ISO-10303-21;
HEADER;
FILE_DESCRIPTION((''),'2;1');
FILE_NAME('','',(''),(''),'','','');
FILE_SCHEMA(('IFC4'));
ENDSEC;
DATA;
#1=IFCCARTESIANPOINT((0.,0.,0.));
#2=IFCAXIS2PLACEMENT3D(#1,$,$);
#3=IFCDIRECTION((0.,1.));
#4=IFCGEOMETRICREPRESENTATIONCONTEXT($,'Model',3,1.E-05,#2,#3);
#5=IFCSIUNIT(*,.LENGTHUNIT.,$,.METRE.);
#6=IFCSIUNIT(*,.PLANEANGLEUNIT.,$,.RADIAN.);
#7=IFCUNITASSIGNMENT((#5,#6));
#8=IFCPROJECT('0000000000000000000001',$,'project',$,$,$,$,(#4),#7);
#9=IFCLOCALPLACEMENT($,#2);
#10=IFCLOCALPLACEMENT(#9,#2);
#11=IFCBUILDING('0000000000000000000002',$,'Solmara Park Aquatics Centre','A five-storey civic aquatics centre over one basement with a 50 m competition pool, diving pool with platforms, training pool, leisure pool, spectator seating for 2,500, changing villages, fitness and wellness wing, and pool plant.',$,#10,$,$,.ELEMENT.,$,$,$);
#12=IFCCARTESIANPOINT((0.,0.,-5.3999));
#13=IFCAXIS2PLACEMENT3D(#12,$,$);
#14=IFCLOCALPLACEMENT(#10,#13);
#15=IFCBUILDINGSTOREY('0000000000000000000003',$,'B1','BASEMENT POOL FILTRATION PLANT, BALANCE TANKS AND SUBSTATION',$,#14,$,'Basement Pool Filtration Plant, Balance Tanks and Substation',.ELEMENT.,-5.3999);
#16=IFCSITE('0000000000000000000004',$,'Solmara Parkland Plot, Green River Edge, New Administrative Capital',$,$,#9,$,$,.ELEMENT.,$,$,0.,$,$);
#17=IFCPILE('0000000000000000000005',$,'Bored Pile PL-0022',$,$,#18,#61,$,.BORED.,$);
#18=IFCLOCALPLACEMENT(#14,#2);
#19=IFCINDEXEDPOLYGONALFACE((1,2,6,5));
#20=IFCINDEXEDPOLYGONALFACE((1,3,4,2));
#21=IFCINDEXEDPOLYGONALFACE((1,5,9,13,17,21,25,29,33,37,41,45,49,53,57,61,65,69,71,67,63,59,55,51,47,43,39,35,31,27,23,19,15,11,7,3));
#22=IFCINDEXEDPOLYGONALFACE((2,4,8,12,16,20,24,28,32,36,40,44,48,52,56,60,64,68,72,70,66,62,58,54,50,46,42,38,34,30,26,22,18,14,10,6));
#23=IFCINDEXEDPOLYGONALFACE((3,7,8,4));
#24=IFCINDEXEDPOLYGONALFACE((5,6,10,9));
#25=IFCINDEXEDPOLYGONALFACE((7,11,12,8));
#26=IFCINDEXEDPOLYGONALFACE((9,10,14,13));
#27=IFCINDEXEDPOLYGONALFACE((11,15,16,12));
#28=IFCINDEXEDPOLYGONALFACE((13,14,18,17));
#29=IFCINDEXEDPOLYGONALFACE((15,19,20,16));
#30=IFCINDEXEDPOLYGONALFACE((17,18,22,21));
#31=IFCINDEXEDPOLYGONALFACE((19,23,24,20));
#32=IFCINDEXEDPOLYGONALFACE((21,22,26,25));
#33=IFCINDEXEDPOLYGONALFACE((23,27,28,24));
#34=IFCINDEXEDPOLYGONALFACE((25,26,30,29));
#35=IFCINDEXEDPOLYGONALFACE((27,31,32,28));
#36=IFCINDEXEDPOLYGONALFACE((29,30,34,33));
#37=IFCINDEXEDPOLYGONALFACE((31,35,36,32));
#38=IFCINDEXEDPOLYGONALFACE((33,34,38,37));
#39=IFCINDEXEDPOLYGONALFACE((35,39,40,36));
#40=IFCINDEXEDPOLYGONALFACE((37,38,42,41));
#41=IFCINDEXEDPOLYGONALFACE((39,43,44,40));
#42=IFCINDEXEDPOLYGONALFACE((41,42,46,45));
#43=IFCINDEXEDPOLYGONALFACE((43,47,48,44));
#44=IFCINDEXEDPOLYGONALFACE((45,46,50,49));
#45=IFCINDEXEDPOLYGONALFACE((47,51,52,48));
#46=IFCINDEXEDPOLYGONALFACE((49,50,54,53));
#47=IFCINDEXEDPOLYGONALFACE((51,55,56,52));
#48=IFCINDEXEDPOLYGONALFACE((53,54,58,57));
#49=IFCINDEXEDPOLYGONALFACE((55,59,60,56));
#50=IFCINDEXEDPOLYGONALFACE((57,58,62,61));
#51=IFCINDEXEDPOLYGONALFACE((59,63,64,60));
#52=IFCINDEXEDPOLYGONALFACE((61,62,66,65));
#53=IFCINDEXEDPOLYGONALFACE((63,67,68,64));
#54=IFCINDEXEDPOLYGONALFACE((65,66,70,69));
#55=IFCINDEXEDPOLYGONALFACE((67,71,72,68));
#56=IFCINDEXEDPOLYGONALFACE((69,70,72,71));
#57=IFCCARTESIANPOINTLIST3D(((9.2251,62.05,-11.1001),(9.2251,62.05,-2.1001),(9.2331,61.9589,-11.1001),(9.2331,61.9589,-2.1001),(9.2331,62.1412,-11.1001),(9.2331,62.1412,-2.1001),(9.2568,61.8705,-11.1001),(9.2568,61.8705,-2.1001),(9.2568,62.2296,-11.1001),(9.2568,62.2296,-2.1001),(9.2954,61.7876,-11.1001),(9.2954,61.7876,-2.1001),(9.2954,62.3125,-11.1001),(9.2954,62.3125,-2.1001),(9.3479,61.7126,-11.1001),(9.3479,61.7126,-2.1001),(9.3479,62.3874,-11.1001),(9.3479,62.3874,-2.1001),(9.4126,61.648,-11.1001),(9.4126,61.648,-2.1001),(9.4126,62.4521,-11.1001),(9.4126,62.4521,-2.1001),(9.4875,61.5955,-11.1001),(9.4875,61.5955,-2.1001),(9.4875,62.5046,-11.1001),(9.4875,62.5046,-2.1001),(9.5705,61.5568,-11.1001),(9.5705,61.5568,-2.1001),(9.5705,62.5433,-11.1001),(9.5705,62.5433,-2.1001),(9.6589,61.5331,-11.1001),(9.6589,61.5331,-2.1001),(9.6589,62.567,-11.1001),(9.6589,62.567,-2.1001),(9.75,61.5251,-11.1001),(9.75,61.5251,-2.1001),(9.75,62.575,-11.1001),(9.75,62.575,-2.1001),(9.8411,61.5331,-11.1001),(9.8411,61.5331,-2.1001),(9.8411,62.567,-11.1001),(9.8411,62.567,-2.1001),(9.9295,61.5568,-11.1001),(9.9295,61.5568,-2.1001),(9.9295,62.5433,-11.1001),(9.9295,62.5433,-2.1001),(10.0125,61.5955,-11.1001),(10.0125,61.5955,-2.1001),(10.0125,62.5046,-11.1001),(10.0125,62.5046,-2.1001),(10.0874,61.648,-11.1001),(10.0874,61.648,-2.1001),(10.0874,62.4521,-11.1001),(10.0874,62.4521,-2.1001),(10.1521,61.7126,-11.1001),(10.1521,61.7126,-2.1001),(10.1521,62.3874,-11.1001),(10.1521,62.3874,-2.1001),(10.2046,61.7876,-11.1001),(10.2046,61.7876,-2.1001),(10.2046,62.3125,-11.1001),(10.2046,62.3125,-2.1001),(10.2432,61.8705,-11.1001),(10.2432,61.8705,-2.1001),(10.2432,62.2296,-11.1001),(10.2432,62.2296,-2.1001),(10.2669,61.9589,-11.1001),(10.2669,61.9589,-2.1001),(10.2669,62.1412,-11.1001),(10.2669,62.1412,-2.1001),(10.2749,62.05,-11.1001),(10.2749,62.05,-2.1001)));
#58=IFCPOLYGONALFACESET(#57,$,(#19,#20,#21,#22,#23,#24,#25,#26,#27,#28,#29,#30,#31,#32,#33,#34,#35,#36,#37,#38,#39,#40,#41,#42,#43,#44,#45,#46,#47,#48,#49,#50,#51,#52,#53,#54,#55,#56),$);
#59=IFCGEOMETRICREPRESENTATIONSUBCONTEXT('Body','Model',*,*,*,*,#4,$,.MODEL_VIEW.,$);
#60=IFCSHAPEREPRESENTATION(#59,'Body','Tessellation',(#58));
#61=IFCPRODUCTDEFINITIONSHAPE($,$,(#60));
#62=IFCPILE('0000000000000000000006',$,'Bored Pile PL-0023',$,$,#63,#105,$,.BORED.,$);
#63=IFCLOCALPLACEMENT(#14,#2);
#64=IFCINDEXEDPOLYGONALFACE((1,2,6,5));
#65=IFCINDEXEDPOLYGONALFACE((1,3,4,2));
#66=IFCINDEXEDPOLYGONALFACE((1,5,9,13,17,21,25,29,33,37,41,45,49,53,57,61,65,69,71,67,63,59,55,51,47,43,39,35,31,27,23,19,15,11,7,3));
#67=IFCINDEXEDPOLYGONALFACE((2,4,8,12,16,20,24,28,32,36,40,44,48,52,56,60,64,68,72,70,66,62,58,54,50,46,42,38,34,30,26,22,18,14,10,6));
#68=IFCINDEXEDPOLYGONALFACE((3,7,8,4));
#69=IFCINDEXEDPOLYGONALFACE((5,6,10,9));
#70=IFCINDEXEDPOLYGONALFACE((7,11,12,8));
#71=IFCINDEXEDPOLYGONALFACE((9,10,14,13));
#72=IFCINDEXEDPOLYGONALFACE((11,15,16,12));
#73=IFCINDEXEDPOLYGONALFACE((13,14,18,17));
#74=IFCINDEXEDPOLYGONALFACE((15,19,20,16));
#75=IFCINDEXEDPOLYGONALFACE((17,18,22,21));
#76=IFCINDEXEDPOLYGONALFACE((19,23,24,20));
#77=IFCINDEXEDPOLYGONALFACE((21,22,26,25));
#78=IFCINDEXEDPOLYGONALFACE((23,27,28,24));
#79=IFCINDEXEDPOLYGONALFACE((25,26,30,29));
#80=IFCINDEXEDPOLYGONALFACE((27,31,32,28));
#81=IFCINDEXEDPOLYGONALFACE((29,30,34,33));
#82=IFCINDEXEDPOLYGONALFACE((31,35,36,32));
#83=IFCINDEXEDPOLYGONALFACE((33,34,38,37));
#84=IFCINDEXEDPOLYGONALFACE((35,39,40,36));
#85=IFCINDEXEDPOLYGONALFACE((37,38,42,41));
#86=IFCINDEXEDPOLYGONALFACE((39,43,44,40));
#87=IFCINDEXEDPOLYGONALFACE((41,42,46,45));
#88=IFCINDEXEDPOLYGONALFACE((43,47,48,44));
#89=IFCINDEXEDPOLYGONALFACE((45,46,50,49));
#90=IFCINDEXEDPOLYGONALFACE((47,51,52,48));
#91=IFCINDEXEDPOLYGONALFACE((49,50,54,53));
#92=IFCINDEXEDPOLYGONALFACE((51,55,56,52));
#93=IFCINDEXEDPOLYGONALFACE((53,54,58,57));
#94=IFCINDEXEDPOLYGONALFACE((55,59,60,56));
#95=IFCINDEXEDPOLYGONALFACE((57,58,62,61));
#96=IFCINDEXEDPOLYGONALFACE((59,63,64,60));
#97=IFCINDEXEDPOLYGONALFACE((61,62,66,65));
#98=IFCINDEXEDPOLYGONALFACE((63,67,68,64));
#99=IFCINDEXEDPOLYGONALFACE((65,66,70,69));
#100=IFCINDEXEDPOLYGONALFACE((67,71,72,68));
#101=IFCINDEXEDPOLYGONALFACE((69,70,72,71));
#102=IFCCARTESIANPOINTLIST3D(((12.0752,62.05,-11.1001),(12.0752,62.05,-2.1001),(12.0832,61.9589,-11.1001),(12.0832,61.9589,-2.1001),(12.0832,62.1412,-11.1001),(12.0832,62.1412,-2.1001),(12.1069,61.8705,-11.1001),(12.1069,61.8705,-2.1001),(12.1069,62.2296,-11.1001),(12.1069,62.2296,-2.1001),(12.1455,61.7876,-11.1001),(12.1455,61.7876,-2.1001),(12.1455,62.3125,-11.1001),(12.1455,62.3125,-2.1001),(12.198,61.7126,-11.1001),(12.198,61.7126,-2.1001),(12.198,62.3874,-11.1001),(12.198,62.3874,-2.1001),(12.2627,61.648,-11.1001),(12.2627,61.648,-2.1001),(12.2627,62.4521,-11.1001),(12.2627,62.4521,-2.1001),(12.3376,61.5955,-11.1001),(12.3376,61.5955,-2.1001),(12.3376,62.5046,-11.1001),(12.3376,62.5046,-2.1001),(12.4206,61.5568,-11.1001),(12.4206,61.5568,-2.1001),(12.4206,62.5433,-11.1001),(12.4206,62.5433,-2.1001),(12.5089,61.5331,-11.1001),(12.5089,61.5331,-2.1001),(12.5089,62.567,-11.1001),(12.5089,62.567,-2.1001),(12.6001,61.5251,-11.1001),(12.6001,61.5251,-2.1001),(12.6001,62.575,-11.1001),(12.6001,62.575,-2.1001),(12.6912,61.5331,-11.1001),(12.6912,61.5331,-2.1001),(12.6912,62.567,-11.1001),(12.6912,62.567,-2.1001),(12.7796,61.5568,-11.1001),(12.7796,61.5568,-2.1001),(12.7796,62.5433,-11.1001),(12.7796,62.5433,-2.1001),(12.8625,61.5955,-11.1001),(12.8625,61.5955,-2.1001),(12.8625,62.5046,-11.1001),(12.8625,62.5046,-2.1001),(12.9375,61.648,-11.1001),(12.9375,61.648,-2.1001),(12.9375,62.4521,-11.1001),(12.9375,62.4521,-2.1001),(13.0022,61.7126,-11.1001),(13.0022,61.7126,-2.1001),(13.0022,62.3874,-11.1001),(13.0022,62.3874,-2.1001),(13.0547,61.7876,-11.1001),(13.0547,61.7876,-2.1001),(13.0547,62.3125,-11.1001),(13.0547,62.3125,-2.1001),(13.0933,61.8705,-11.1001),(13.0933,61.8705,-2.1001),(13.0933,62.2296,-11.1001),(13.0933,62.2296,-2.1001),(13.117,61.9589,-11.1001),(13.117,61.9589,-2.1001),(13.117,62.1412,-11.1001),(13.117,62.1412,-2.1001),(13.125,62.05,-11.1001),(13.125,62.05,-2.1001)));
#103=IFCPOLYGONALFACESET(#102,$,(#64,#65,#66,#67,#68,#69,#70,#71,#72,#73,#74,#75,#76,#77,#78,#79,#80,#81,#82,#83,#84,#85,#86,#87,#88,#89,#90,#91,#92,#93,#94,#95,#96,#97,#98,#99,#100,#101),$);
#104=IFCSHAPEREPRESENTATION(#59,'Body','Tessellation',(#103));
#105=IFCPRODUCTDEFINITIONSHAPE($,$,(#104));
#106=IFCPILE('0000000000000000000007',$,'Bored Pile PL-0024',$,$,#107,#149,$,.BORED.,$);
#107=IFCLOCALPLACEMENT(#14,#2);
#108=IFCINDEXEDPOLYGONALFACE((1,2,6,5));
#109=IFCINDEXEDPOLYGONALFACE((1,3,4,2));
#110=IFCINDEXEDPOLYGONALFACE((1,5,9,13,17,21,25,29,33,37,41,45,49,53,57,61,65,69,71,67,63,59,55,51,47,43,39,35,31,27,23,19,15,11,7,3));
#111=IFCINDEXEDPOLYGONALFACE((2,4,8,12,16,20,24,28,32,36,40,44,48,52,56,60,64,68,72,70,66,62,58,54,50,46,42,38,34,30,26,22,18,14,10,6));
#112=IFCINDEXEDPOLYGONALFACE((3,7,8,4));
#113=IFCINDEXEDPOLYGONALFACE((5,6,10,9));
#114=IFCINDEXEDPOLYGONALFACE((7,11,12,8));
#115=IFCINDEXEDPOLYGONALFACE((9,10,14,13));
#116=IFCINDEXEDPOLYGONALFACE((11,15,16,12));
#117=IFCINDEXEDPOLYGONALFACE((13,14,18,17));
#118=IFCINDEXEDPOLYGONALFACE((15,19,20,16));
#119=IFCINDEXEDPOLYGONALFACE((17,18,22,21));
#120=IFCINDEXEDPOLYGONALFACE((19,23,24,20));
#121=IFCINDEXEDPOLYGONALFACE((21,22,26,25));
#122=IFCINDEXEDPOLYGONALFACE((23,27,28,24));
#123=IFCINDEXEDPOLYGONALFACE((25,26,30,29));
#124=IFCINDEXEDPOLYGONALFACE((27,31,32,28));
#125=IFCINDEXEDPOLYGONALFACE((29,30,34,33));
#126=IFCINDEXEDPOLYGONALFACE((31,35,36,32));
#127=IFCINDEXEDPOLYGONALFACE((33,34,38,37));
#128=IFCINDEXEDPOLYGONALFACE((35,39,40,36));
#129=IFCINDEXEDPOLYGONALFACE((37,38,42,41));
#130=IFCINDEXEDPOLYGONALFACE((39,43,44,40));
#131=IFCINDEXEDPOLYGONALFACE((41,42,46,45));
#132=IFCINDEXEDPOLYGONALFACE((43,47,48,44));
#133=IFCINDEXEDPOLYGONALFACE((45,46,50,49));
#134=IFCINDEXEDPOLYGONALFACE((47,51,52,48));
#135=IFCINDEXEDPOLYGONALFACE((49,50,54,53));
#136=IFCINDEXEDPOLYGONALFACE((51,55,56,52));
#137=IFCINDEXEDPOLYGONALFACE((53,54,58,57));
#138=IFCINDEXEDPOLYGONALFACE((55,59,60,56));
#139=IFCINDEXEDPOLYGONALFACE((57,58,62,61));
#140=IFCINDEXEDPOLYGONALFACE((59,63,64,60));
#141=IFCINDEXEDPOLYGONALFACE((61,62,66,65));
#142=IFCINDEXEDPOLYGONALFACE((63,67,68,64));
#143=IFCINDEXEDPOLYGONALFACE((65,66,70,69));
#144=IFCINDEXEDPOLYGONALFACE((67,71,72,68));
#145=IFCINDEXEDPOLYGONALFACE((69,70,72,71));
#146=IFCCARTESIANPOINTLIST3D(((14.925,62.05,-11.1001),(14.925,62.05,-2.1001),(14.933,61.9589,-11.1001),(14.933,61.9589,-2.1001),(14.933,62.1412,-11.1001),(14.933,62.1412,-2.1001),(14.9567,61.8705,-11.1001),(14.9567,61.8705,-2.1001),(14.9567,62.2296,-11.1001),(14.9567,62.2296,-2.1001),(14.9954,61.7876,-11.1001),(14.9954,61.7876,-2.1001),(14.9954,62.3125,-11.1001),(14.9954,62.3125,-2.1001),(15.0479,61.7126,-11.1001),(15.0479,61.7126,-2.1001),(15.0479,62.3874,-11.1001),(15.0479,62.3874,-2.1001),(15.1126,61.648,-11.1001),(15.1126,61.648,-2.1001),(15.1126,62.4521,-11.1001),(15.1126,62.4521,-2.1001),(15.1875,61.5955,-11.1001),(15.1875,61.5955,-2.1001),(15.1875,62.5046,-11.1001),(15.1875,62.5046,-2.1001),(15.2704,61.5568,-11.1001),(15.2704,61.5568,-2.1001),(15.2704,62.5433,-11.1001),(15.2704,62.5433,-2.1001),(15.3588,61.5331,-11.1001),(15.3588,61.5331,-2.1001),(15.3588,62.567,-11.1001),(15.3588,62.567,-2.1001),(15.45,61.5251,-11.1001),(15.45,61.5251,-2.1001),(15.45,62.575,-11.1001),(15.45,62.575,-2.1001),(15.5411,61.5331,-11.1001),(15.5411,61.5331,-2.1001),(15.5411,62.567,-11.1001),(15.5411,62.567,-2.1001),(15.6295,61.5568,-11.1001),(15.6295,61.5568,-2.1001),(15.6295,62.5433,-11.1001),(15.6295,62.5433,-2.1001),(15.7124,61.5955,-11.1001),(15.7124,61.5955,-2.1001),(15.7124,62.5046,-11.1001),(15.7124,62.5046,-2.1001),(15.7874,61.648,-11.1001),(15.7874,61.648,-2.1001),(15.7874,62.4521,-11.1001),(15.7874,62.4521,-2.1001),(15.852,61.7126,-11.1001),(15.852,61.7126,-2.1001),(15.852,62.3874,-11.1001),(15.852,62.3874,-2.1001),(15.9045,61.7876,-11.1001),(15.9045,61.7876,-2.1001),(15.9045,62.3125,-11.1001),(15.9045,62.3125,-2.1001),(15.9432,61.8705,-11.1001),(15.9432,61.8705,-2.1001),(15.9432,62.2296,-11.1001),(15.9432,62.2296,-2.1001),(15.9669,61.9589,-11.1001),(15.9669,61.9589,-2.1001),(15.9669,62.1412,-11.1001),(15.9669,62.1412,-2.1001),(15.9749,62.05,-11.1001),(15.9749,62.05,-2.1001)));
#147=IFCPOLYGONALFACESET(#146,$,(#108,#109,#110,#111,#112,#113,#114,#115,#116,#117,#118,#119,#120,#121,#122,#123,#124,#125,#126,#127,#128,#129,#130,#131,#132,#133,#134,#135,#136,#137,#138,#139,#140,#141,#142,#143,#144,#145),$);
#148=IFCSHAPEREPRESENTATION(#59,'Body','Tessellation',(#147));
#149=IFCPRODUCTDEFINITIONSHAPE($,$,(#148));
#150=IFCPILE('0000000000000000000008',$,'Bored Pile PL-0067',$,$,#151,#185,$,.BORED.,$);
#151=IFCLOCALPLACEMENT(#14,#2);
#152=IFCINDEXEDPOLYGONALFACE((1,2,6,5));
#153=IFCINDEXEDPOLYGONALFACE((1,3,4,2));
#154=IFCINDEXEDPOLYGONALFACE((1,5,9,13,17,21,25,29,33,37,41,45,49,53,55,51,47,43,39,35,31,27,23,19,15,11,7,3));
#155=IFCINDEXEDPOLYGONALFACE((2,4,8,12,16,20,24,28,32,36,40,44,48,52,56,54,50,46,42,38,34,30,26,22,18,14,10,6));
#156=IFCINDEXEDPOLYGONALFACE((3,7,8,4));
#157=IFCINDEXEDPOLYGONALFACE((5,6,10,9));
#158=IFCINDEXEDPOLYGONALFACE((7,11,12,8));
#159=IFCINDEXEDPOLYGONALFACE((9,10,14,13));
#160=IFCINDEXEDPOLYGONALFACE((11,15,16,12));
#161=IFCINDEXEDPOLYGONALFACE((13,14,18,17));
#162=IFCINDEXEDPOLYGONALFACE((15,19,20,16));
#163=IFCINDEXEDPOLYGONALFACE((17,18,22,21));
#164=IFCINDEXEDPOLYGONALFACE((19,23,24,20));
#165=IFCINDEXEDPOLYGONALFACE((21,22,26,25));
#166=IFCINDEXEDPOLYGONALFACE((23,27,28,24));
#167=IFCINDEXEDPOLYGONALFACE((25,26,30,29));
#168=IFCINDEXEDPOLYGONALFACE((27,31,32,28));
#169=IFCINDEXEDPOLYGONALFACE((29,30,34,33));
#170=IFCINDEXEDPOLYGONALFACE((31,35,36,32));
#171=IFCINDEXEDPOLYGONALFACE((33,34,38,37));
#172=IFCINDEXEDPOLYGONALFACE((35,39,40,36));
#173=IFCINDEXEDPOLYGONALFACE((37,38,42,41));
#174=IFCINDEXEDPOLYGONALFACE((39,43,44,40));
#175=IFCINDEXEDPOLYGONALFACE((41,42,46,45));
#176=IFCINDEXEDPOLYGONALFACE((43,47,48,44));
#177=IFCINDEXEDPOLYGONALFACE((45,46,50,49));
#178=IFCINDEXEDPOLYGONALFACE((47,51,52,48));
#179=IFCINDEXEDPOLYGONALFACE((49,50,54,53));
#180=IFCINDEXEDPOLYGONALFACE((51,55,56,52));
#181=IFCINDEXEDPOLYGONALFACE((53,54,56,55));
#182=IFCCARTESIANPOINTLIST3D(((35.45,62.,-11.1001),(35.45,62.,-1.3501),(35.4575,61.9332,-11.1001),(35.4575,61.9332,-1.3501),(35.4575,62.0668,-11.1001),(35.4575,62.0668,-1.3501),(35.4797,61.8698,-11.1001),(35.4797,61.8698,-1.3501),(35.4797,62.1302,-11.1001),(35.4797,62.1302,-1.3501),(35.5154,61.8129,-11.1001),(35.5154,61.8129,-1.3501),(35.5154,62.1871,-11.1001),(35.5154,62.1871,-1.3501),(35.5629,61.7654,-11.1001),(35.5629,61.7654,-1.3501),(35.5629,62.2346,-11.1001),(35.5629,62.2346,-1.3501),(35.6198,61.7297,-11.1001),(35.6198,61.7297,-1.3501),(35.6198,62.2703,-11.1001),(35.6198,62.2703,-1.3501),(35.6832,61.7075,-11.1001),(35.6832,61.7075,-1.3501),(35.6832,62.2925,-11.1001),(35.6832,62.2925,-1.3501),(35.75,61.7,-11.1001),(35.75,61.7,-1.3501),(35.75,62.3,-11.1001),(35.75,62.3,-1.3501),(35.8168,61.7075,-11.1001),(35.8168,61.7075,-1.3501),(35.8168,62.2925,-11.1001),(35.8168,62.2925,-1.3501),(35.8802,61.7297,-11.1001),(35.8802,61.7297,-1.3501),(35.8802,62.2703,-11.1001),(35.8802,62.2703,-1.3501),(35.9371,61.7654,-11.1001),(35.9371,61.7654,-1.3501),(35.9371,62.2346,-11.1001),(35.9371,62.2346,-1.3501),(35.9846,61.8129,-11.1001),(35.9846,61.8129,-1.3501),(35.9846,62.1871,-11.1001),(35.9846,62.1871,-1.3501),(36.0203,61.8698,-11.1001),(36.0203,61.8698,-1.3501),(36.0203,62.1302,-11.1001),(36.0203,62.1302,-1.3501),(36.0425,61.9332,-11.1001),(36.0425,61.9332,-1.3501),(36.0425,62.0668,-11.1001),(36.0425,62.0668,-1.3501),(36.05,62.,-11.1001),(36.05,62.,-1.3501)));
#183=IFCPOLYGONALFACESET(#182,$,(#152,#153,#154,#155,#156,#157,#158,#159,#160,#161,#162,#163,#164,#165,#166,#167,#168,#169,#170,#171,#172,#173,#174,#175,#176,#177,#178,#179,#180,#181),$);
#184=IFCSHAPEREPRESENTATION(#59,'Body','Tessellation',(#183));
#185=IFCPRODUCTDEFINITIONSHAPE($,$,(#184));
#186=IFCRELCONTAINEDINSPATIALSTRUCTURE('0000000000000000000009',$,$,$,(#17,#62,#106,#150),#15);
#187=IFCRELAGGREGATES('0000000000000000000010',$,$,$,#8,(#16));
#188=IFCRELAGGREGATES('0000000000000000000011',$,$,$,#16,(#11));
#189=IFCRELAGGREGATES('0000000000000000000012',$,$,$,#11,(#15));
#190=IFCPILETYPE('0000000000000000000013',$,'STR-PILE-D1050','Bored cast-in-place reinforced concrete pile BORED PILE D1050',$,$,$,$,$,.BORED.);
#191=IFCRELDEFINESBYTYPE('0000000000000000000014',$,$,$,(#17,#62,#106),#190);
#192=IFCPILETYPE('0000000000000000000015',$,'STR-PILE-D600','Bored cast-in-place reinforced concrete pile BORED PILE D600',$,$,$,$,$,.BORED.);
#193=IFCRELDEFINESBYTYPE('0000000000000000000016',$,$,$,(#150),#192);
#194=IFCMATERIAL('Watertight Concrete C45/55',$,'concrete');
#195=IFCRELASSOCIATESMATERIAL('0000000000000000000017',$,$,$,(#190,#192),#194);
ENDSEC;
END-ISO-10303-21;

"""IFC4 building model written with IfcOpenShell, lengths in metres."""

from ifc_helpers import new_model, si_unit, direction, frame, origin, origin_2d, place, context, subcontext, project, spatial, circle, extrude, material, material_profile, profile_set, type_object, element, save


model = new_model("IFC4")

# Units and contexts
model_context = context("Model", 3, precision=1e-05, world=origin(), true_north=direction((0.0, 1.0)))
body_context = subcontext(model_context, "Body", "Model", "MODEL_VIEW")
ifc_project = project(units=[si_unit("LENGTHUNIT", "METRE"), si_unit("PLANEANGLEUNIT", "RADIAN")], contexts=[model_context])

# Site, building, storey
site_placement = place(None, origin())
site = spatial("IfcSite", under=ifc_project, at=site_placement, Name="Solmara Parkland Plot, Green River Edge, New Administrative Capital", CompositionType="ELEMENT", RefElevation=0.0)
building_placement = place(site_placement, origin())
building = spatial("IfcBuilding", under=site, at=building_placement, Name="Solmara Park Aquatics Centre", Description="A five-storey civic aquatics centre over one basement with a 50 m competition pool, diving pool with platforms, training pool, leisure pool, spectator seating for 2,500, changing villages, fitness and wellness wing, and pool plant.", CompositionType="ELEMENT")
storey_placement = place(building_placement, frame((0.0, 0.0, -5.3999)))
storey = spatial("IfcBuildingStorey", under=building, at=storey_placement, Name="B1", Description="BASEMENT POOL FILTRATION PLANT, BALANCE TANKS AND SUBSTATION", LongName="Basement Pool Filtration Plant, Balance Tanks and Substation", CompositionType="ELEMENT", Elevation=-5.3999)

# Shared definitions
ifc_material_1 = material(Name="Watertight Concrete C45/55", Category="concrete")

# Piles
ifc_material_profile_1 = material_profile(ifc_material_1, circle(Radius=0.5249, at=origin_2d()), Name="BORED PILE D1050")
ifc_profile_set_1 = profile_set([ifc_material_profile_1], Name="Watertight Concrete C45/55")
pile_type_1 = type_object("IfcPileType", Name="STR-PILE-D1050", Description="Bored cast-in-place reinforced concrete pile BORED PILE D1050", PredefinedType="BORED", material=ifc_profile_set_1)
for number, where, z_axis, x_axis, name in (
    (1, (9.75, 62.05, -2.1001), (0.0, 0.0, -1.0), (1.0, 0.0, 0.0), "Bored Pile PL-0022"),
    (2, (12.6001, 62.05, -2.1001), (0.0, 0.0, -1.0), (1.0, 0.0, 0.0), "Bored Pile PL-0023"),
    (3, (15.45, 62.05, -2.1001), (0.0, 0.0, -1.0), (1.0, 0.0, 0.0), "Bored Pile PL-0024"),
):
    element("IfcPile", number, at=place(storey_placement, frame(where, z_axis=z_axis, x_axis=x_axis)), inside=storey, type_object=pile_type_1, Name=name, PredefinedType="BORED", context=body_context, shape_type="SweptSolid", body=[
        extrude(circle(Radius=0.5249, at=origin_2d()), origin(), (0.0, 0.0, 1.0), 9.0),
    ])
ifc_material_profile_2 = material_profile(ifc_material_1, circle(Radius=0.3, at=origin_2d()), Name="BORED PILE D600")
ifc_profile_set_2 = profile_set([ifc_material_profile_2], Name="Watertight Concrete C45/55")
pile_type_2 = type_object("IfcPileType", Name="STR-PILE-D600", Description="Bored cast-in-place reinforced concrete pile BORED PILE D600", PredefinedType="BORED", material=ifc_profile_set_2)
for number, where, z_axis, x_axis, name in (
    (4, (35.75, 62.0, -1.3501), (0.0, 0.0, -1.0), (1.0, 0.0, 0.0), "Bored Pile PL-0067"),
):
    element("IfcPile", number, at=place(storey_placement, frame(where, z_axis=z_axis, x_axis=x_axis)), inside=storey, type_object=pile_type_2, Name=name, PredefinedType="BORED", context=body_context, shape_type="SweptSolid", body=[
        extrude(circle(Radius=0.3, at=origin_2d()), origin(), (0.0, 0.0, 1.0), 9.75),
    ])

save(model, "model.ifc")
